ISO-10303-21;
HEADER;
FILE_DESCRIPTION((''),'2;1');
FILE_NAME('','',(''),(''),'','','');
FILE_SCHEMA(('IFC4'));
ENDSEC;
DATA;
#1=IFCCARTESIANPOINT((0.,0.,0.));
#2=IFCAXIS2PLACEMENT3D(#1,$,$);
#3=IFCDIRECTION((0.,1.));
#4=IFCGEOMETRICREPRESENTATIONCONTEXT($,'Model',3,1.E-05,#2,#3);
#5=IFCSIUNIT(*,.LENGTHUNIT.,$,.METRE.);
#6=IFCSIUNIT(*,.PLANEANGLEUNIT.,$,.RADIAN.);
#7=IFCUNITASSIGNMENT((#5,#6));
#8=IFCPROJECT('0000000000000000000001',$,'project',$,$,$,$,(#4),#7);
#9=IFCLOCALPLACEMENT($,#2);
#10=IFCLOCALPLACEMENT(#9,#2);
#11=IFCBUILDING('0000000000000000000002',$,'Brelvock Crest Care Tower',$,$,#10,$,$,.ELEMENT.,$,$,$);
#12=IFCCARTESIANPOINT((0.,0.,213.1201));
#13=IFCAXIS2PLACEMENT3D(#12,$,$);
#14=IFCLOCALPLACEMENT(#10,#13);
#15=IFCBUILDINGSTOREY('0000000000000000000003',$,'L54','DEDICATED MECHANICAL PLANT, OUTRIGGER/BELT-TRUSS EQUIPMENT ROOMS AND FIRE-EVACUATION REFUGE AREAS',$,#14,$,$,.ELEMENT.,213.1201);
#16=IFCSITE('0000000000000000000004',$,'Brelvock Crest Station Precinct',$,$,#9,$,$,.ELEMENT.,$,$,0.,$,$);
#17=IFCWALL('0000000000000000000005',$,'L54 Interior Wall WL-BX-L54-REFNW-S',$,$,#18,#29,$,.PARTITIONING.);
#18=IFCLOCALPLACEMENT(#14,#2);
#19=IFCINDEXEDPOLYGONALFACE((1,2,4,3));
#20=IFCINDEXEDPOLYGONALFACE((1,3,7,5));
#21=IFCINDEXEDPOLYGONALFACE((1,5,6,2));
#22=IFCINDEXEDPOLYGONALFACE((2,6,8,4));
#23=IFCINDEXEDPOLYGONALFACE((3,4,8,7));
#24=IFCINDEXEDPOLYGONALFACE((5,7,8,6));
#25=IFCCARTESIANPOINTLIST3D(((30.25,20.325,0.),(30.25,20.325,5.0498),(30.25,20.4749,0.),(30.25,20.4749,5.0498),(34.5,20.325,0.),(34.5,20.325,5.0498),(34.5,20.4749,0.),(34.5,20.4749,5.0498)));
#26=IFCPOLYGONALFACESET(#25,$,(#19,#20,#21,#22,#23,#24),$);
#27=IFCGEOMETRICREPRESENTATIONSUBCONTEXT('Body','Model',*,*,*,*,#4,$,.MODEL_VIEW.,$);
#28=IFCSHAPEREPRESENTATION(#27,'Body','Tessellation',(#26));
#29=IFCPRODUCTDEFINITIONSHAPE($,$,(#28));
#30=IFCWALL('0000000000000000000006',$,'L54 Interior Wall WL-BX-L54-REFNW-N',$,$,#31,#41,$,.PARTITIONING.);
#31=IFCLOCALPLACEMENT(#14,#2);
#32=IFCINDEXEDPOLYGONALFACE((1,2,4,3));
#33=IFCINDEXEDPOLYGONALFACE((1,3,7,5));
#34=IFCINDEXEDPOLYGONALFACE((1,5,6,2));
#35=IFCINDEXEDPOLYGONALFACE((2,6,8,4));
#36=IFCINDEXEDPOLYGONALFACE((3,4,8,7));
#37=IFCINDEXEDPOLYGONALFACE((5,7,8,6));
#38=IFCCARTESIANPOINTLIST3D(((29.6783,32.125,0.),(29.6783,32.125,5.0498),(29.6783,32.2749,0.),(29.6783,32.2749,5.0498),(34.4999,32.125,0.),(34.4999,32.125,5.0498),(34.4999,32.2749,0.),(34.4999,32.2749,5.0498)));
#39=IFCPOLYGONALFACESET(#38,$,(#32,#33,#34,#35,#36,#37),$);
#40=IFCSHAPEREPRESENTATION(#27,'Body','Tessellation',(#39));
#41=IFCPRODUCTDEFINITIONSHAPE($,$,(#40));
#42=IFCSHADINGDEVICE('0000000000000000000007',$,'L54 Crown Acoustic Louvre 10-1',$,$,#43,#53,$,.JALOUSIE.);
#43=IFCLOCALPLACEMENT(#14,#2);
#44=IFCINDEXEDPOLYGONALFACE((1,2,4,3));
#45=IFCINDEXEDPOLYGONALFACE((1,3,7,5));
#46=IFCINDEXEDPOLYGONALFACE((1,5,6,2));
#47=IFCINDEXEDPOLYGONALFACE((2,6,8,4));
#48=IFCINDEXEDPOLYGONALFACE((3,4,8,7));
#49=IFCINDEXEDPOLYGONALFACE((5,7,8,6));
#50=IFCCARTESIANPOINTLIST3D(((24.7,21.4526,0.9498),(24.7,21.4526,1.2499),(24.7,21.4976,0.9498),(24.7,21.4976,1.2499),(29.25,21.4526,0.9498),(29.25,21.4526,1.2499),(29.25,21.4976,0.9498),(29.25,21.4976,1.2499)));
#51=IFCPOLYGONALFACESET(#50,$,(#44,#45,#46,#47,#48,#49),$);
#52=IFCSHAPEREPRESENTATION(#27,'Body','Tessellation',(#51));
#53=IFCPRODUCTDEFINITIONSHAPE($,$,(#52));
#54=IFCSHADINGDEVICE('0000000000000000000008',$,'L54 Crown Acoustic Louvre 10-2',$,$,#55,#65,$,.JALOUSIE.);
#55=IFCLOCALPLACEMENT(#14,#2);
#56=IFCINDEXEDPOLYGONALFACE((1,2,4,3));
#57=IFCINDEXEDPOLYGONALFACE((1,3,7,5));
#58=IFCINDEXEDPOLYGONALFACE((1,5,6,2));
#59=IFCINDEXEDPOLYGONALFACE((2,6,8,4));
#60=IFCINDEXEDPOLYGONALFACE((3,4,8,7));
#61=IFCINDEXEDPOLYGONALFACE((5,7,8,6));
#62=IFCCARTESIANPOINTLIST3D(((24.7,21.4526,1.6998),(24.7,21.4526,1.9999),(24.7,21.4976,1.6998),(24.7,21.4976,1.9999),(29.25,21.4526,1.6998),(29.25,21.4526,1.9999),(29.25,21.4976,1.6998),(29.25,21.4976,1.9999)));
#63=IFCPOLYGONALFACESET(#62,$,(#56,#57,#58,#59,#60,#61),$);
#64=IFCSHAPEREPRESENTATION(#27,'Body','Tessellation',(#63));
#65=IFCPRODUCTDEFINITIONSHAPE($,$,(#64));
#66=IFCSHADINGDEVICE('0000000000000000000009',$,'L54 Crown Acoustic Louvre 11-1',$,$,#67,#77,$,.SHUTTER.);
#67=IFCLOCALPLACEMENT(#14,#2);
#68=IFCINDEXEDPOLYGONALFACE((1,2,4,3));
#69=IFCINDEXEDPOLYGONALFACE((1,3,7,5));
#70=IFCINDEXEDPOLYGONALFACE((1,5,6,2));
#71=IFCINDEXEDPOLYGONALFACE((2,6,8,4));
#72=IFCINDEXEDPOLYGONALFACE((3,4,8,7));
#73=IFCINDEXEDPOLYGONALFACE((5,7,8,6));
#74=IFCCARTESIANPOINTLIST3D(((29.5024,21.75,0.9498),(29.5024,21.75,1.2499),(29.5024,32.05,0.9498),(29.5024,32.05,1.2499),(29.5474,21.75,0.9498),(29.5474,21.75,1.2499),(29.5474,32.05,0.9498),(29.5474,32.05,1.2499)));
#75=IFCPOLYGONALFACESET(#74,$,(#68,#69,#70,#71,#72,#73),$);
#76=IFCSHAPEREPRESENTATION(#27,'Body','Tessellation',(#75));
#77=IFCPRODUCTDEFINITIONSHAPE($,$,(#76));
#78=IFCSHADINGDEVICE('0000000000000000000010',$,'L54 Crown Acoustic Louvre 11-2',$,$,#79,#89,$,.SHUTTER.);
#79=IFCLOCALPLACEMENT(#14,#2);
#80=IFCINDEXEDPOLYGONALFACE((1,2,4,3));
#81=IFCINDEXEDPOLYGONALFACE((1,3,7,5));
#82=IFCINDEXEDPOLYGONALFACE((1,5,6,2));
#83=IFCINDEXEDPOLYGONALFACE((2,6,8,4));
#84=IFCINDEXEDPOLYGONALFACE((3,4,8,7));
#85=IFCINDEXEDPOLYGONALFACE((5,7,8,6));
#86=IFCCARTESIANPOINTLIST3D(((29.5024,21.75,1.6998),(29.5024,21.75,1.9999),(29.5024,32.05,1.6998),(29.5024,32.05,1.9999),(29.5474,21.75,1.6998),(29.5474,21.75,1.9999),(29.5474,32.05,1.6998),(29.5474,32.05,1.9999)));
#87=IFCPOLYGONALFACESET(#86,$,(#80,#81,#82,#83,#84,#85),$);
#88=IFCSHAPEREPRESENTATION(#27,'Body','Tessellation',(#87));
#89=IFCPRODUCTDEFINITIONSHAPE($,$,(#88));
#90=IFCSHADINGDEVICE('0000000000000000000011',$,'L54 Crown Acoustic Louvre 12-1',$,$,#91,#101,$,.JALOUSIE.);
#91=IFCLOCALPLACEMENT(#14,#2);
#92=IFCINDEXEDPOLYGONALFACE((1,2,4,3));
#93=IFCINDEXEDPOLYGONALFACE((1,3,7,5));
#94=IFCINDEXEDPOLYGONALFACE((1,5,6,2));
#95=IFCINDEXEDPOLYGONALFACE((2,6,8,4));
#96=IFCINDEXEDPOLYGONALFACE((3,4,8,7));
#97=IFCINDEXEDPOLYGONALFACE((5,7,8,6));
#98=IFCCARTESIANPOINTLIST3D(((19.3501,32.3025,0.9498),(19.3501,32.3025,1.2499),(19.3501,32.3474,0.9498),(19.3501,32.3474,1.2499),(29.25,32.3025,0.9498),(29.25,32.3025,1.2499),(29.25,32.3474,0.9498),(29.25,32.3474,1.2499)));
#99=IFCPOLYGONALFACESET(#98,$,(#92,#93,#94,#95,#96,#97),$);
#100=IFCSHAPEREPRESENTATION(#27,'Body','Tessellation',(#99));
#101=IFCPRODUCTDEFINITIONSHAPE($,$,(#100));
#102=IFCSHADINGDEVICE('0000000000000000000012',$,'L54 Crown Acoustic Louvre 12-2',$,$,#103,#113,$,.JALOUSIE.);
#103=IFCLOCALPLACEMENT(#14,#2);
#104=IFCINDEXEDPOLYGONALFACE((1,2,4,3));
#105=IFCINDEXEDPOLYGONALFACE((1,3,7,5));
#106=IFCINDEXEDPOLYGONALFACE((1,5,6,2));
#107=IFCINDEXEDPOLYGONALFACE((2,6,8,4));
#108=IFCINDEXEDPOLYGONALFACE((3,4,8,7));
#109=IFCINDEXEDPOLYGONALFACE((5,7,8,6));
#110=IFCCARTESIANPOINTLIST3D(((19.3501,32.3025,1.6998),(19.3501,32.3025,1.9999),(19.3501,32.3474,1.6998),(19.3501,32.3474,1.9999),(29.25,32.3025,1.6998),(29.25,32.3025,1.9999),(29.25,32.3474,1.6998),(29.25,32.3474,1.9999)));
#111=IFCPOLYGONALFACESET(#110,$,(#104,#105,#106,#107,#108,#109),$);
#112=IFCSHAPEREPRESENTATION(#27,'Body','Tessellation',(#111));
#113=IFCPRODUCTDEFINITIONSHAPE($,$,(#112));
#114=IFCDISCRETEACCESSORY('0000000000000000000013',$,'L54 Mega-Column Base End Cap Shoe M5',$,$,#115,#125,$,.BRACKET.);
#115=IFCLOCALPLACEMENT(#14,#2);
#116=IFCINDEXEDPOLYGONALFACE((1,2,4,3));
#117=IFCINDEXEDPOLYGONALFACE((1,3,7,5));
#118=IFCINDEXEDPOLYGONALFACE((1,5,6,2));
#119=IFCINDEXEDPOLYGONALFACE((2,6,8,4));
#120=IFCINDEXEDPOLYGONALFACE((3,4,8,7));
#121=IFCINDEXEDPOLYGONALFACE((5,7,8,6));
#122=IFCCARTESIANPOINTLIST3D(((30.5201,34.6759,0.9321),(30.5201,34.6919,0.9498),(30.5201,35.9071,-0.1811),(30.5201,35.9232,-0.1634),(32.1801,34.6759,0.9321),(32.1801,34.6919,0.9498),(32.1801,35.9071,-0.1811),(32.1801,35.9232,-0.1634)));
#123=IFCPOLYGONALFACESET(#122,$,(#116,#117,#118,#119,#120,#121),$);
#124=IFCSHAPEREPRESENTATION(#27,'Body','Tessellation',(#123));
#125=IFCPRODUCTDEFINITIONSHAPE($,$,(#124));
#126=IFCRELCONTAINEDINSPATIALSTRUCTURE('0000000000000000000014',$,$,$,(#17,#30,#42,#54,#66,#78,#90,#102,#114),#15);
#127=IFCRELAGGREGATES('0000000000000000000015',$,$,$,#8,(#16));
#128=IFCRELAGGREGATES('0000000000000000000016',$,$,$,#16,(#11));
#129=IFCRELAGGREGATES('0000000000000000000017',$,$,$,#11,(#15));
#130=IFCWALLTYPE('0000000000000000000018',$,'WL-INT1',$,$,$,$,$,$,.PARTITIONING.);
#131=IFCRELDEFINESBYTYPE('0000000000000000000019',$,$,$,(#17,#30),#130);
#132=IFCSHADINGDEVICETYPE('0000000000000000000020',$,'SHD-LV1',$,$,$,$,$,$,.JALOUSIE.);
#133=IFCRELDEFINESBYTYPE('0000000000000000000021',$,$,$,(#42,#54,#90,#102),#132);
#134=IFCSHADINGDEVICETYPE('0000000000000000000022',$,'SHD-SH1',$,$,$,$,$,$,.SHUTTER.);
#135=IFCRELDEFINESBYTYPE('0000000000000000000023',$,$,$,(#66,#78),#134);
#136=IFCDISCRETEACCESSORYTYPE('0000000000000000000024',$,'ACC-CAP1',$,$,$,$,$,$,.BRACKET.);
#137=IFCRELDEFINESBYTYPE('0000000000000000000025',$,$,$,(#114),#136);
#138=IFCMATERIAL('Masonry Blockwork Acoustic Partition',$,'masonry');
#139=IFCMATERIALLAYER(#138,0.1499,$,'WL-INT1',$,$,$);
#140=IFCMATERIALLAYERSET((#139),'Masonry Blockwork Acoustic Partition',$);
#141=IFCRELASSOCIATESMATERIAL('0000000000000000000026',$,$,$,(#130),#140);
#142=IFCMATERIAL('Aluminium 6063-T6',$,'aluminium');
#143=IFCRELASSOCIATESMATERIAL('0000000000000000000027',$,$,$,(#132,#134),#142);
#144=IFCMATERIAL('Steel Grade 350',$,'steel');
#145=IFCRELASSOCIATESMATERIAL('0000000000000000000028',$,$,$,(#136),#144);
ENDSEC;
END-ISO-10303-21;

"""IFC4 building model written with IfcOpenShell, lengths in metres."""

from ifc_helpers import new_model, si_unit, direction, frame, frame_2d, origin, origin_2d, place, context, subcontext, project, spatial, rectangle, extrude, source, transform, mapped, material, layer, layer_set, material_profile, profile_set, type_object, element, save


model = new_model("IFC4")

# Units and contexts
model_context = context("Model", 3, precision=1e-05, world=origin(), true_north=direction((0.0, 1.0)))
body_context = subcontext(model_context, "Body", "Model", "MODEL_VIEW")
ifc_project = project(units=[si_unit("LENGTHUNIT", "METRE"), si_unit("PLANEANGLEUNIT", "RADIAN")], contexts=[model_context])

# Site, building, storey
site_placement = place(None, origin())
site = spatial("IfcSite", under=ifc_project, at=site_placement, Name="Brelvock Crest Station Precinct", CompositionType="ELEMENT", RefElevation=0.0)
building_placement = place(site_placement, origin())
building = spatial("IfcBuilding", under=site, at=building_placement, Name="Brelvock Crest Care Tower", CompositionType="ELEMENT")
storey_placement = place(building_placement, frame((0.0, 0.0, 213.1201)))
storey = spatial("IfcBuildingStorey", under=building, at=storey_placement, Name="L54", Description="DEDICATED MECHANICAL PLANT, OUTRIGGER/BELT-TRUSS EQUIPMENT ROOMS AND FIRE-EVACUATION REFUGE AREAS", CompositionType="ELEMENT", Elevation=213.1201)

# Shared definitions
ifc_material_1 = material(Name="Steel Grade 350", Category="steel")

# Walls
ifc_material_2 = material(Name="Masonry Blockwork Acoustic Partition", Category="masonry")
ifc_layer_1 = layer(ifc_material_2, 0.1499, Name="WL-INT1")
ifc_layer_set_1 = layer_set([ifc_layer_1], Name="Masonry Blockwork Acoustic Partition")
wall_type_1 = type_object("IfcWallType", Name="WL-INT1", PredefinedType="PARTITIONING", material=ifc_layer_set_1)
wall_1_placement = place(storey_placement, frame((30.25, 20.3999, 0.0), z_axis=(0.0, 0.0, 1.0), x_axis=(1.0, 0.0, 0.0)))
element("IfcWall", 1, at=wall_1_placement, inside=storey, type_object=wall_type_1, Name="L54 Interior Wall WL-BX-L54-REFNW-S", PredefinedType="PARTITIONING", context=body_context, shape_type="SweptSolid", body=[
    extrude(rectangle(XDim=4.25, YDim=0.1499, at=frame_2d((2.125, 0.0))), origin(), (0.0, 0.0, 1.0), 5.0498),
])
wall_2_placement = place(storey_placement, frame((29.6785, 32.2, 0.0), z_axis=(0.0, 0.0, 1.0), x_axis=(1.0, 0.0, 0.0)))
element("IfcWall", 2, at=wall_2_placement, inside=storey, type_object=wall_type_1, Name="L54 Interior Wall WL-BX-L54-REFNW-N", PredefinedType="PARTITIONING", context=body_context, shape_type="SweptSolid", body=[
    extrude(rectangle(XDim=4.8215, YDim=0.1499, at=frame_2d((2.4106, 0.0))), origin(), (0.0, 0.0, 1.0), 5.0498),
])

# Shading devices
ifc_material_3 = material(Name="Aluminium 6063-T6", Category="aluminium")
ifc_material_profile_1 = material_profile(ifc_material_3, rectangle(XDim=0.0449, YDim=0.3, at=origin_2d()), Name="LOUVRE45x300")
ifc_profile_set_1 = profile_set([ifc_material_profile_1], Name="Aluminium 6063-T6")
shading_device_type_1 = type_object("IfcShadingDeviceType", Name="SHD-LV1", PredefinedType="JALOUSIE", material=ifc_profile_set_1)
shared_shape_1 = source(origin(), body_context, "Body", "SweptSolid", [
    extrude(rectangle(XDim=0.0449, YDim=0.3, at=origin_2d()), origin(), (0.0, 0.0, 1.0), 4.55),
])
for number, where, z_axis, x_axis, name in (
    (3, (24.7, 21.4751, 1.0999), (1.0, 0.0, 0.0), (0.0, 1.0, 0.0), "L54 Crown Acoustic Louvre 10-1"),
    (4, (24.7, 21.4751, 1.8499), (1.0, 0.0, 0.0), (0.0, 1.0, 0.0), "L54 Crown Acoustic Louvre 10-2"),
):
    element("IfcShadingDevice", number, at=place(storey_placement, frame(where, z_axis=z_axis, x_axis=x_axis)), inside=storey, type_object=shading_device_type_1, Name=name, PredefinedType="JALOUSIE", context=body_context, shape_type="MappedRepresentation", body=[
        mapped(shared_shape_1, transform((0.0, 0.0, 0.0), x_axis=(1.0, 0.0, 0.0), y_axis=(0.0, 1.0, 0.0), z_axis=(0.0, 0.0, 1.0), scale=1.0)),
    ])
ifc_material_profile_2 = material_profile(ifc_material_3, rectangle(XDim=0.0449, YDim=0.3, at=origin_2d()), Name="LOUVRE45x300")
ifc_profile_set_2 = profile_set([ifc_material_profile_2], Name="Aluminium 6063-T6")
shading_device_type_2 = type_object("IfcShadingDeviceType", Name="SHD-SH1", PredefinedType="SHUTTER", material=ifc_profile_set_2)
shared_shape_2 = source(origin(), body_context, "Body", "SweptSolid", [
    extrude(rectangle(XDim=0.0449, YDim=0.3, at=origin_2d()), origin(), (0.0, 0.0, 1.0), 10.3),
])
for number, where, z_axis, x_axis, name in (
    (5, (29.5249, 21.75, 1.0999), (0.0, 1.0, 0.0), (-1.0, 0.0, 0.0), "L54 Crown Acoustic Louvre 11-1"),
    (6, (29.5249, 21.75, 1.8499), (0.0, 1.0, 0.0), (-1.0, 0.0, 0.0), "L54 Crown Acoustic Louvre 11-2"),
):
    element("IfcShadingDevice", number, at=place(storey_placement, frame(where, z_axis=z_axis, x_axis=x_axis)), inside=storey, type_object=shading_device_type_2, Name=name, PredefinedType="SHUTTER", context=body_context, shape_type="MappedRepresentation", body=[
        mapped(shared_shape_2, transform((0.0, 0.0, 0.0), x_axis=(1.0, 0.0, 0.0), y_axis=(0.0, 1.0, 0.0), z_axis=(0.0, 0.0, 1.0), scale=1.0)),
    ])
shared_shape_3 = source(origin(), body_context, "Body", "SweptSolid", [
    extrude(rectangle(XDim=0.0449, YDim=0.3, at=origin_2d()), origin(), (0.0, 0.0, 1.0), 9.8999),
])
for number, where, z_axis, x_axis, name in (
    (7, (29.25, 32.325, 1.0999), (-1.0, 0.0, 0.0), (0.0, -1.0, 0.0), "L54 Crown Acoustic Louvre 12-1"),
    (8, (29.25, 32.325, 1.8499), (-1.0, 0.0, 0.0), (0.0, -1.0, 0.0), "L54 Crown Acoustic Louvre 12-2"),
):
    element("IfcShadingDevice", number, at=place(storey_placement, frame(where, z_axis=z_axis, x_axis=x_axis)), inside=storey, type_object=shading_device_type_1, Name=name, PredefinedType="JALOUSIE", context=body_context, shape_type="MappedRepresentation", body=[
        mapped(shared_shape_3, transform((0.0, 0.0, 0.0), x_axis=(1.0, 0.0, 0.0), y_axis=(0.0, 1.0, 0.0), z_axis=(0.0, 0.0, 1.0), scale=1.0)),
    ])

# Discrete accessory
ifc_material_profile_3 = material_profile(ifc_material_1, rectangle(XDim=1.6599, YDim=1.6599, at=origin_2d()), Name="ACC-CAP1")
ifc_profile_set_3 = profile_set([ifc_material_profile_3], Name="Steel Grade 350")
discrete_accessory_type = type_object("IfcDiscreteAccessoryType", Name="ACC-CAP1", PredefinedType="BRACKET", material=ifc_profile_set_3)
shared_shape_4 = source(origin(), body_context, "Body", "SweptSolid", [
    extrude(rectangle(XDim=1.6599, YDim=1.6599, at=origin_2d()), origin(), (0.0, 0.0, 1.0), 0.0239),
])
discrete_accessory_placement = place(storey_placement, frame((31.3501, 35.2915, 0.3755), z_axis=(0.0, 0.670647, 0.741776), x_axis=(-1.0, 0.0, 0.0)))
element("IfcDiscreteAccessory", 9, at=discrete_accessory_placement, inside=storey, type_object=discrete_accessory_type, Name="L54 Mega-Column Base End Cap Shoe M5", PredefinedType="BRACKET", context=body_context, shape_type="MappedRepresentation", body=[
    mapped(shared_shape_4, transform((0.0, 0.0, 0.0), x_axis=(1.0, 0.0, 0.0), y_axis=(0.0, 1.0, 0.0), z_axis=(0.0, 0.0, 1.0), scale=1.0)),
])

save(model, "model.ifc")
